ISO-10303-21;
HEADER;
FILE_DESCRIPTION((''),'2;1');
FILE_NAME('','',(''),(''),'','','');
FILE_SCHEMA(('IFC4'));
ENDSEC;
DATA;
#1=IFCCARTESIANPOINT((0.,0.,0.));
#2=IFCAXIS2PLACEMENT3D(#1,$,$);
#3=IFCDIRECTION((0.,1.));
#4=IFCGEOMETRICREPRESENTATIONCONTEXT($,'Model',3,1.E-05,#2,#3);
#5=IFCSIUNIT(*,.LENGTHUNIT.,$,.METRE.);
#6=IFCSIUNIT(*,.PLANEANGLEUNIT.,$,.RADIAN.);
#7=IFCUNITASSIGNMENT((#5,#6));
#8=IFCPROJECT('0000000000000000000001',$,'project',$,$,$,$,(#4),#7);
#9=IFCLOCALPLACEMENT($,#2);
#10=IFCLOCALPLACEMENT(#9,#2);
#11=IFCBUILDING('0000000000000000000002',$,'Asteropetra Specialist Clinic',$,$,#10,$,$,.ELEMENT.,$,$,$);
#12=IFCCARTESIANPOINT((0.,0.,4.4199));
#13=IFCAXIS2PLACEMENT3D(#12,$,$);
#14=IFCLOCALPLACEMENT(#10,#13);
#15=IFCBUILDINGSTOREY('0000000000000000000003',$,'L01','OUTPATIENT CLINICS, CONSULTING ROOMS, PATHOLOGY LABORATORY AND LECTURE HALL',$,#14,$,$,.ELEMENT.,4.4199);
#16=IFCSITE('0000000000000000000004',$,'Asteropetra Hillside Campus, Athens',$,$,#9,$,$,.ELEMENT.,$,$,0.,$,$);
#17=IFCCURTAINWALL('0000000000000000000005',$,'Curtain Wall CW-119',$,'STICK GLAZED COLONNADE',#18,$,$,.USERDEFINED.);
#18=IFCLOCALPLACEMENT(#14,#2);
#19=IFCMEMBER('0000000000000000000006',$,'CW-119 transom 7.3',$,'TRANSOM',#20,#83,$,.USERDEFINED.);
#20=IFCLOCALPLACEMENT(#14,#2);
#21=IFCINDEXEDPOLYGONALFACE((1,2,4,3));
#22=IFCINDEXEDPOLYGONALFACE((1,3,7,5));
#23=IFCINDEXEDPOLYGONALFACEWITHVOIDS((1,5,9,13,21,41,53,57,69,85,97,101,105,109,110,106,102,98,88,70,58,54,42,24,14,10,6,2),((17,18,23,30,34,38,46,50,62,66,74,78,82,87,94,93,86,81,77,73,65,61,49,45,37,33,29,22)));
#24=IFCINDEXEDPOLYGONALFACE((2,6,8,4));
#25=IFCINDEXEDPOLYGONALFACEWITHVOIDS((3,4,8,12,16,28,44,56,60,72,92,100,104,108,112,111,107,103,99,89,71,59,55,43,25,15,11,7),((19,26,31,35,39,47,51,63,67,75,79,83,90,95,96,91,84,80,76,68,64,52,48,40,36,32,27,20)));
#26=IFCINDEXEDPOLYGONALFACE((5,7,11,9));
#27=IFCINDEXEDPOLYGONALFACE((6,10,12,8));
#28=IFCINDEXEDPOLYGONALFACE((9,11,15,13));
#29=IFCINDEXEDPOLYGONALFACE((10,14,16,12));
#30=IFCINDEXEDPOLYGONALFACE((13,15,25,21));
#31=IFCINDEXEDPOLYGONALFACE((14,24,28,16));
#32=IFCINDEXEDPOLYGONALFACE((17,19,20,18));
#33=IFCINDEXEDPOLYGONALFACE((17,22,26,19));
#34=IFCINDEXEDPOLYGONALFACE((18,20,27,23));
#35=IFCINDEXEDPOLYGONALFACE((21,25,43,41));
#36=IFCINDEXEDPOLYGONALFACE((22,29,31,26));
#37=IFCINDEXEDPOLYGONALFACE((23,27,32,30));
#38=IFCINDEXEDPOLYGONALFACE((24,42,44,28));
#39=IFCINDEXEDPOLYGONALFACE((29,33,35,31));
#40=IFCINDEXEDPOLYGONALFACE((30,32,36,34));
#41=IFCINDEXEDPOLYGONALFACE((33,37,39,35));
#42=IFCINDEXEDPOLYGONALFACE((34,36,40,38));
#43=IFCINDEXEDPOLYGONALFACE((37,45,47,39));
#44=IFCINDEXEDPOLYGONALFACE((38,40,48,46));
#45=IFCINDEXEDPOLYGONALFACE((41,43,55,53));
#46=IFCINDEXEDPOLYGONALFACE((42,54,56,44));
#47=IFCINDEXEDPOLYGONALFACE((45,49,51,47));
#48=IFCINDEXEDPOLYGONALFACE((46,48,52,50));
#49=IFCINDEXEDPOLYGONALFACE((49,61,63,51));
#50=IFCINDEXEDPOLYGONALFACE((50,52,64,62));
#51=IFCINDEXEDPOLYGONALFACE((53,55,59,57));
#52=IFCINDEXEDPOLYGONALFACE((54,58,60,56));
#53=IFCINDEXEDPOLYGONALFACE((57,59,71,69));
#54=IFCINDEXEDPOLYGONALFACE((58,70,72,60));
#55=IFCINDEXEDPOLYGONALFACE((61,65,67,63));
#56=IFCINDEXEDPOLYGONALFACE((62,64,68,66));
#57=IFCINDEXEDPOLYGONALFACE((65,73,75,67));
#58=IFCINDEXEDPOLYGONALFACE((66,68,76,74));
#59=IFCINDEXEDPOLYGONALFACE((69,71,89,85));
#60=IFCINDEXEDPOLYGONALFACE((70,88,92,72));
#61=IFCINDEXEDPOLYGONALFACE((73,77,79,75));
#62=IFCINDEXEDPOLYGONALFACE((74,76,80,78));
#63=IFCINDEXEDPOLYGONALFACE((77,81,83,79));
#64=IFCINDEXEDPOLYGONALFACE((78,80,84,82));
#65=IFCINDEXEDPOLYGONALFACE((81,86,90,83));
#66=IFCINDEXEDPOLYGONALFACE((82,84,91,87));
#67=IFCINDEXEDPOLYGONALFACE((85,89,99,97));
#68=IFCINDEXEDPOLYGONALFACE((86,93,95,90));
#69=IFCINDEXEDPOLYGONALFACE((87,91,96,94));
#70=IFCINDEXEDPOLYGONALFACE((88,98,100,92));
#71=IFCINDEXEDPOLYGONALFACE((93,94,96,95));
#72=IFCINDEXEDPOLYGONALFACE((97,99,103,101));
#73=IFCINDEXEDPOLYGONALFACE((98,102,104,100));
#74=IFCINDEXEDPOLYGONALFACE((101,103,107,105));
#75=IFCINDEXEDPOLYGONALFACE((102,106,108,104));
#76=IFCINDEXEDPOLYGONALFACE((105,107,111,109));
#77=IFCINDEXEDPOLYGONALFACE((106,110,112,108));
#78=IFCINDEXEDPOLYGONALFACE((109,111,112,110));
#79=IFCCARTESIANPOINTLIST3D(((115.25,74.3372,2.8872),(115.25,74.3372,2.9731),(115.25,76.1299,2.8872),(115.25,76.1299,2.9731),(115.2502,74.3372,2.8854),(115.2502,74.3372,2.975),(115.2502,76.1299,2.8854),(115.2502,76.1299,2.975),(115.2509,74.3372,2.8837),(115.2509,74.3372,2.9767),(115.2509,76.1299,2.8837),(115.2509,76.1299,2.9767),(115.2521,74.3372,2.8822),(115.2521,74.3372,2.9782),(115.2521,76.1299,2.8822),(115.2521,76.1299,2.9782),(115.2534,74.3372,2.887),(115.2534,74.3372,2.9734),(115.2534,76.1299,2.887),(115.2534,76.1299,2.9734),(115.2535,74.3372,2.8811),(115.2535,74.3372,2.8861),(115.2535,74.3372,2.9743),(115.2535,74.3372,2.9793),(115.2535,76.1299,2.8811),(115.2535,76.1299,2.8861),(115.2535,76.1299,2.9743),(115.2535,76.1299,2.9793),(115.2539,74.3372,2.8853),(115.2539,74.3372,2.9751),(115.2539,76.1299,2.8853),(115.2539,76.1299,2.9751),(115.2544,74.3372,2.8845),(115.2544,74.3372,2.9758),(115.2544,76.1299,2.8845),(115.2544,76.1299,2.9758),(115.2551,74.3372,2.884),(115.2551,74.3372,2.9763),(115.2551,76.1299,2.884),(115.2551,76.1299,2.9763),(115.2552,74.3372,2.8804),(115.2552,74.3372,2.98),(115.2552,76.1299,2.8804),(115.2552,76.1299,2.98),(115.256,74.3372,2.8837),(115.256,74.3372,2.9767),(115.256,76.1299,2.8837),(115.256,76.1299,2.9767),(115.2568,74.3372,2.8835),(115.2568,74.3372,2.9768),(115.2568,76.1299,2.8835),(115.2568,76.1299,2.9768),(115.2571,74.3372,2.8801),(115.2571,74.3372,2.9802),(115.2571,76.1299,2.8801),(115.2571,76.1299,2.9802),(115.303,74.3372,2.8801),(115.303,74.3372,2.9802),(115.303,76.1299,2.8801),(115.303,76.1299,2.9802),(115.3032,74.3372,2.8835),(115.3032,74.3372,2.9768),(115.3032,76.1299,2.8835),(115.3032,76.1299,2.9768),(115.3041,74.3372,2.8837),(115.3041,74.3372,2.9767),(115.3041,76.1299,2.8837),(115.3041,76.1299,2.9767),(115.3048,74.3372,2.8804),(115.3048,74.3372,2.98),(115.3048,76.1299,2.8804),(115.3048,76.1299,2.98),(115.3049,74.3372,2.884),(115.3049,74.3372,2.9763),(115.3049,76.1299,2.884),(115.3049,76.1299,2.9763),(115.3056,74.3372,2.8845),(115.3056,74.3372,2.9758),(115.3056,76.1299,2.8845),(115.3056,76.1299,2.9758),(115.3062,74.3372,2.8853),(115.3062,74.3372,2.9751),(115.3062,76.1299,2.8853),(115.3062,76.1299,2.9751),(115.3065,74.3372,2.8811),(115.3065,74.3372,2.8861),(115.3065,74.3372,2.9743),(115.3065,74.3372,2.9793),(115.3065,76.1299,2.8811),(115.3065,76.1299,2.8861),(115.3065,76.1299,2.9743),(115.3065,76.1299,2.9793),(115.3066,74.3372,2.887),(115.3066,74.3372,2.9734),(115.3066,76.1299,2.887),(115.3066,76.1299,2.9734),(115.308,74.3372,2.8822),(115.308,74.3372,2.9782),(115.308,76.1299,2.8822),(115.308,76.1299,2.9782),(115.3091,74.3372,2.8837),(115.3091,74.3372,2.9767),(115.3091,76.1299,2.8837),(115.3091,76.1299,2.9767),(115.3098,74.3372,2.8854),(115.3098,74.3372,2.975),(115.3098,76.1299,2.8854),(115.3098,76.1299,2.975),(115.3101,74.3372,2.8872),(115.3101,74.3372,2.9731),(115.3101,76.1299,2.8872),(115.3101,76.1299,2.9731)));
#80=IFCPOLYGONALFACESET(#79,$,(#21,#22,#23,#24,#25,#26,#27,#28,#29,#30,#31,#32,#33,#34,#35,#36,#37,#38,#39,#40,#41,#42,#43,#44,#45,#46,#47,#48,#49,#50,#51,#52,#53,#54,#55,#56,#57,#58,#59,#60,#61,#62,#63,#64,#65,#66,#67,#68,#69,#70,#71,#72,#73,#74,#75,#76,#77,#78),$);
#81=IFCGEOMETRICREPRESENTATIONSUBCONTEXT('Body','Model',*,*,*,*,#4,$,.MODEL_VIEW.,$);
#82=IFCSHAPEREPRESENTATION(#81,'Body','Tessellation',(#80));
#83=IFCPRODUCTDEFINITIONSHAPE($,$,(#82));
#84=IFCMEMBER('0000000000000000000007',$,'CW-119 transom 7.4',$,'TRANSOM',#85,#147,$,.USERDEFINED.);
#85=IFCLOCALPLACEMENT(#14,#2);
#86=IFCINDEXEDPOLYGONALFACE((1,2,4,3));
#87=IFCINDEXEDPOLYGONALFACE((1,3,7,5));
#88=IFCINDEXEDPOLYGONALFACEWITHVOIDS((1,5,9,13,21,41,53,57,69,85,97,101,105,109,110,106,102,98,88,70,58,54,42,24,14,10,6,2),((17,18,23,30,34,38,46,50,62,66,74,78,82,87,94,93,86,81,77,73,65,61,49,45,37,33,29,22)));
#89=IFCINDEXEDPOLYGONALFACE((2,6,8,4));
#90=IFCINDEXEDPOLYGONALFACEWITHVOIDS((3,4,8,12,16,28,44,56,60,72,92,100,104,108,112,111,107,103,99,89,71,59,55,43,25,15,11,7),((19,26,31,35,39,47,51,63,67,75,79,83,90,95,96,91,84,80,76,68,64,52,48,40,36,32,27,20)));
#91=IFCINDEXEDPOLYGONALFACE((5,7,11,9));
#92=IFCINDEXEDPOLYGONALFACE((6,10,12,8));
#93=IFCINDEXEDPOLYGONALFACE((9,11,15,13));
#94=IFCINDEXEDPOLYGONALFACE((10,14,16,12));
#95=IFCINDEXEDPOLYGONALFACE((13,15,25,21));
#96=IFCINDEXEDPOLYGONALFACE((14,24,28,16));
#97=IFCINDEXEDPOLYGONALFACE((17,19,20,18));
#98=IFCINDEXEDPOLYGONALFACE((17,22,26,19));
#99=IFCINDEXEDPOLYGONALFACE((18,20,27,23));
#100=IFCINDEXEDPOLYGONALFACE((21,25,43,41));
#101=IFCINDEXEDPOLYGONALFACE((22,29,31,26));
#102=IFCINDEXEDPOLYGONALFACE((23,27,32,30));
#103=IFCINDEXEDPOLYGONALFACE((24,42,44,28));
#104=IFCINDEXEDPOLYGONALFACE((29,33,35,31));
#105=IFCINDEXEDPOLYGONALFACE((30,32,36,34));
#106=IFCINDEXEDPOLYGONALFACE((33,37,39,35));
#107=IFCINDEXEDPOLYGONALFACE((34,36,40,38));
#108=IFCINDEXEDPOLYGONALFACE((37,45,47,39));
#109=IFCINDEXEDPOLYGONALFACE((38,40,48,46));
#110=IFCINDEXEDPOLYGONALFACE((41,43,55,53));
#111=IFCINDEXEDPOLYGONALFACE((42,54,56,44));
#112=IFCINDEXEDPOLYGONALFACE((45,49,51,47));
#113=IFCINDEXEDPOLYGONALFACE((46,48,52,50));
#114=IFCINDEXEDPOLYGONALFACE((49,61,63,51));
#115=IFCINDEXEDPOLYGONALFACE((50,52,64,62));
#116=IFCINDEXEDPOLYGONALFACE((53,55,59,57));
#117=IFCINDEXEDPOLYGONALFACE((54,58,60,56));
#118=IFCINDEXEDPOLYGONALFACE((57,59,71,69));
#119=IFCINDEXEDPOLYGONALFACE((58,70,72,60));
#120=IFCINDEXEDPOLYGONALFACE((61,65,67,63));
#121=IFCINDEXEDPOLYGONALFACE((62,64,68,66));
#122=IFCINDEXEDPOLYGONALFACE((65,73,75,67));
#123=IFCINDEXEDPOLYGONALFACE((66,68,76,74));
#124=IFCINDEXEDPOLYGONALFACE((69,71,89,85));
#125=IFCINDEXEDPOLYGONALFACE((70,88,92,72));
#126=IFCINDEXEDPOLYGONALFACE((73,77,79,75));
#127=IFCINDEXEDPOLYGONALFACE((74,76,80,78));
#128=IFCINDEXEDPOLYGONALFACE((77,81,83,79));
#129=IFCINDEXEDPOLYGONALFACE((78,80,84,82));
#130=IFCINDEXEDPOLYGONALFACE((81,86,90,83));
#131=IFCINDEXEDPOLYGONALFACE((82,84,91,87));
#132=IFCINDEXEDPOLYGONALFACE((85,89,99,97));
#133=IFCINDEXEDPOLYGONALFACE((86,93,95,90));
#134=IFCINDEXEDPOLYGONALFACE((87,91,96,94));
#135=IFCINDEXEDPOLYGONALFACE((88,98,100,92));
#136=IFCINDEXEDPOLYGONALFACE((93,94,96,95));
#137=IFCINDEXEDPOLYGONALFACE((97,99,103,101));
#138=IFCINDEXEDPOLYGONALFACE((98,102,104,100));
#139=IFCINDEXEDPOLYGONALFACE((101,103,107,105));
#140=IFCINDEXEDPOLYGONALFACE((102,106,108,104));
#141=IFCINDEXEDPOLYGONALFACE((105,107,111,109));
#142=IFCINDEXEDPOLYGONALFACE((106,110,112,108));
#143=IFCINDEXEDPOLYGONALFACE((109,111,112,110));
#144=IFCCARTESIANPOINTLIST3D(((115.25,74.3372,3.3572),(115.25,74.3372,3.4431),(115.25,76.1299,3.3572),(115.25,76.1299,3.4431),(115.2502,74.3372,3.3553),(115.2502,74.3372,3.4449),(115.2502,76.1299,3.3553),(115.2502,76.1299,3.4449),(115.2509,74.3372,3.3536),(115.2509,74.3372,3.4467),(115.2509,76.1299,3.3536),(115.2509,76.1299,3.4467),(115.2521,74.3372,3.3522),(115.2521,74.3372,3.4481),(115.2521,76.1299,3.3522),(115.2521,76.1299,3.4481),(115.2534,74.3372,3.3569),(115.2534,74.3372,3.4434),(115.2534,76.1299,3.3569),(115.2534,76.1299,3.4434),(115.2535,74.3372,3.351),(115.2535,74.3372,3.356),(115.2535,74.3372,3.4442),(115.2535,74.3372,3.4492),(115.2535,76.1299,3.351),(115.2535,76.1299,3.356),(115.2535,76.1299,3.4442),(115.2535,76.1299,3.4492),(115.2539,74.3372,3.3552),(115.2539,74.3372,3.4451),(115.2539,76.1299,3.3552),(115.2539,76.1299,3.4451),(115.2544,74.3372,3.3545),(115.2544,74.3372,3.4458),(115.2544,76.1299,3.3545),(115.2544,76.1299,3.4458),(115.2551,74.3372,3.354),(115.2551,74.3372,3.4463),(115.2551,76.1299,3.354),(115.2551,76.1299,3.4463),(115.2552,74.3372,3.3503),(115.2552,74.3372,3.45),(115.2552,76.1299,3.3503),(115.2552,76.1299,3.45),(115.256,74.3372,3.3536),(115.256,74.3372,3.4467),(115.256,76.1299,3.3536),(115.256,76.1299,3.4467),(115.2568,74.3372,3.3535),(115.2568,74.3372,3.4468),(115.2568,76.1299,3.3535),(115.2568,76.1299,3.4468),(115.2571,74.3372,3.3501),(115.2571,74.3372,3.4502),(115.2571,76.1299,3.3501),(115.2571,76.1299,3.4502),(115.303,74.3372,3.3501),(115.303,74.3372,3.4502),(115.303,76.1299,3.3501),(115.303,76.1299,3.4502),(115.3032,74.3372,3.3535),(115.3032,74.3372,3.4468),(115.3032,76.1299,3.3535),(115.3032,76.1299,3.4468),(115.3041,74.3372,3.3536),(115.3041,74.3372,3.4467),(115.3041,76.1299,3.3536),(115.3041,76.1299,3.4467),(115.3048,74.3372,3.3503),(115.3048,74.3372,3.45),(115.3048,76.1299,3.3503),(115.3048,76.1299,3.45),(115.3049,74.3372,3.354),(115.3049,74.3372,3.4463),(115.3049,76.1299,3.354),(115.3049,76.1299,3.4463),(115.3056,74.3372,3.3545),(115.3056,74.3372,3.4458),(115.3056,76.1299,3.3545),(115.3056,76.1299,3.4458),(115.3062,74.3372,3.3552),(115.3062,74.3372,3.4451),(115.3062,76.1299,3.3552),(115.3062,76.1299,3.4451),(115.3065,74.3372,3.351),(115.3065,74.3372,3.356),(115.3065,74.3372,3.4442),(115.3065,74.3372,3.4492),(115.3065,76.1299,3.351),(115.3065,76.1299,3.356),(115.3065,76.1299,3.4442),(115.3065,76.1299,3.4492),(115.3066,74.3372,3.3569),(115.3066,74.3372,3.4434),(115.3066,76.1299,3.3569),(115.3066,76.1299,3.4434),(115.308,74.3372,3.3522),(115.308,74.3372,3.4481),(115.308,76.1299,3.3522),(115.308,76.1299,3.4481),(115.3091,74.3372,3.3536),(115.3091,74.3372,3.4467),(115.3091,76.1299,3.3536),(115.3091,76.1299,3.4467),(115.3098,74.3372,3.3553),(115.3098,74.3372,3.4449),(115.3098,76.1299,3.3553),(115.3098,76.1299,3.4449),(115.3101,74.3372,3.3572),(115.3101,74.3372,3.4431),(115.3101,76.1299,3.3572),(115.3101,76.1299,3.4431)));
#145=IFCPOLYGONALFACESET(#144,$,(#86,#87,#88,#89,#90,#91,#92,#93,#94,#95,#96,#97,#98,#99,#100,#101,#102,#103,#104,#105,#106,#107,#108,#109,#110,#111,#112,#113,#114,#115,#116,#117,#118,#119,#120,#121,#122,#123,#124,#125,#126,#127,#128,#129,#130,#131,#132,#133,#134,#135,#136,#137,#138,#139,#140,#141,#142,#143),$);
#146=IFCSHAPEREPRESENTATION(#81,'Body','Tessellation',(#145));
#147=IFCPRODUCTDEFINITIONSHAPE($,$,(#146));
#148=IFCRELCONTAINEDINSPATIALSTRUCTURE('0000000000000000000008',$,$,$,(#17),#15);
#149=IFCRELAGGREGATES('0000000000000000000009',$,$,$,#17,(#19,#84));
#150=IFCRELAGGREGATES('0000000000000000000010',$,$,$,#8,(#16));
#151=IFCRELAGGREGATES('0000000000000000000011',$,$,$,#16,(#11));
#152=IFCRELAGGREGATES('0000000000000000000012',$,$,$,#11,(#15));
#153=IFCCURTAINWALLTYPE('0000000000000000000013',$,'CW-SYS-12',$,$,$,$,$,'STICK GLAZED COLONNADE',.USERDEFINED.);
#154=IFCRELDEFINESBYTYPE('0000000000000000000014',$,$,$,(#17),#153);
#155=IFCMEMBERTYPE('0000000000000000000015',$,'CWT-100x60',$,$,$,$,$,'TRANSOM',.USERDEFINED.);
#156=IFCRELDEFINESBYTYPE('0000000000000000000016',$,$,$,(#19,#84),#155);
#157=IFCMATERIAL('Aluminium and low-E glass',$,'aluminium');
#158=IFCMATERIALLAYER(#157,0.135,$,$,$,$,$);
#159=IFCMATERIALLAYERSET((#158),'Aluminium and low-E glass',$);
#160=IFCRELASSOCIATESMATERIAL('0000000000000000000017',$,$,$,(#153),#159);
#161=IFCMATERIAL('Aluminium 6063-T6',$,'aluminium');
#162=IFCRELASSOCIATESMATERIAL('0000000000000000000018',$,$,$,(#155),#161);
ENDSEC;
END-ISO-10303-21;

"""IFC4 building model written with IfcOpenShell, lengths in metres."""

from ifc_helpers import new_model, si_unit, direction, frame, origin, origin_2d, place, context, subcontext, project, spatial, hollow_rectangle, extrude, material, layer, layer_set, material_profile, profile_set, type_object, element, aggregate, save


model = new_model("IFC4")

# Units and contexts
model_context = context("Model", 3, precision=1e-05, world=origin(), true_north=direction((0.0, 1.0)))
body_context = subcontext(model_context, "Body", "Model", "MODEL_VIEW")
ifc_project = project(units=[si_unit("LENGTHUNIT", "METRE"), si_unit("PLANEANGLEUNIT", "RADIAN")], contexts=[model_context])

# Site, building, storey
site_placement = place(None, origin())
site = spatial("IfcSite", under=ifc_project, at=site_placement, Name="Asteropetra Hillside Campus, Athens", CompositionType="ELEMENT", RefElevation=0.0)
building_placement = place(site_placement, origin())
building = spatial("IfcBuilding", under=site, at=building_placement, Name="Asteropetra Specialist Clinic", CompositionType="ELEMENT")
storey_placement = place(building_placement, frame((0.0, 0.0, 4.4199)))
storey = spatial("IfcBuildingStorey", under=building, at=storey_placement, Name="L01", Description="OUTPATIENT CLINICS, CONSULTING ROOMS, PATHOLOGY LABORATORY AND LECTURE HALL", CompositionType="ELEMENT", Elevation=4.4199)

# Curtain wall, members
ifc_material_1 = material(Name="Aluminium and low-E glass", Category="aluminium")
ifc_layer_1 = layer(ifc_material_1, 0.135)
ifc_layer_set_1 = layer_set([ifc_layer_1], Name="Aluminium and low-E glass")
curtain_wall_type = type_object("IfcCurtainWallType", Name="CW-SYS-12", ElementType="STICK GLAZED COLONNADE", PredefinedType="USERDEFINED", material=ifc_layer_set_1)
curtain_wall_placement = place(storey_placement, origin())
curtain_wall = element("IfcCurtainWall", 1, at=curtain_wall_placement, inside=storey, type_object=curtain_wall_type, Name="Curtain Wall CW-119", ObjectType="STICK GLAZED COLONNADE", PredefinedType="USERDEFINED")
ifc_material_2 = material(Name="Aluminium 6063-T6", Category="aluminium")
ifc_material_profile_1 = material_profile(ifc_material_2, hollow_rectangle(XDim=0.0601, YDim=0.1001, WallThickness=0.0034, InnerFilletRadius=0.0034, OuterFilletRadius=0.0071, at=origin_2d()), Name="TRN 100x60x3.5")
ifc_profile_set_1 = profile_set([ifc_material_profile_1], Name="Aluminium 6063-T6")
member_type_1 = type_object("IfcMemberType", Name="CWT-100x60", ElementType="TRANSOM", PredefinedType="USERDEFINED", material=ifc_profile_set_1)
member_1_placement = place(storey_placement, frame((115.28, 74.3372, 2.9302), z_axis=(0.0, 1.0, 0.0), x_axis=(-1.0, 0.0, 0.0)))
member_1 = element("IfcMember", 2, at=member_1_placement, type_object=member_type_1, Name="CW-119 transom 7.3", ObjectType="TRANSOM", PredefinedType="USERDEFINED", context=body_context, shape_type="SweptSolid", body=[
    extrude(hollow_rectangle(XDim=0.0601, YDim=0.1001, WallThickness=0.0034, InnerFilletRadius=0.0034, OuterFilletRadius=0.0071, at=origin_2d()), origin(), (0.0, 0.0, 1.0), 1.7927),
])
member_2_placement = place(storey_placement, frame((115.28, 74.3372, 3.4001), z_axis=(0.0, 1.0, 0.0), x_axis=(-1.0, 0.0, 0.0)))
member_2 = element("IfcMember", 3, at=member_2_placement, type_object=member_type_1, Name="CW-119 transom 7.4", ObjectType="TRANSOM", PredefinedType="USERDEFINED", context=body_context, shape_type="SweptSolid", body=[
    extrude(hollow_rectangle(XDim=0.0601, YDim=0.1001, WallThickness=0.0034, InnerFilletRadius=0.0034, OuterFilletRadius=0.0071, at=origin_2d()), origin(), (0.0, 0.0, 1.0), 1.7927),
])

aggregate(curtain_wall, [member_1, member_2])

save(model, "model.ifc")
